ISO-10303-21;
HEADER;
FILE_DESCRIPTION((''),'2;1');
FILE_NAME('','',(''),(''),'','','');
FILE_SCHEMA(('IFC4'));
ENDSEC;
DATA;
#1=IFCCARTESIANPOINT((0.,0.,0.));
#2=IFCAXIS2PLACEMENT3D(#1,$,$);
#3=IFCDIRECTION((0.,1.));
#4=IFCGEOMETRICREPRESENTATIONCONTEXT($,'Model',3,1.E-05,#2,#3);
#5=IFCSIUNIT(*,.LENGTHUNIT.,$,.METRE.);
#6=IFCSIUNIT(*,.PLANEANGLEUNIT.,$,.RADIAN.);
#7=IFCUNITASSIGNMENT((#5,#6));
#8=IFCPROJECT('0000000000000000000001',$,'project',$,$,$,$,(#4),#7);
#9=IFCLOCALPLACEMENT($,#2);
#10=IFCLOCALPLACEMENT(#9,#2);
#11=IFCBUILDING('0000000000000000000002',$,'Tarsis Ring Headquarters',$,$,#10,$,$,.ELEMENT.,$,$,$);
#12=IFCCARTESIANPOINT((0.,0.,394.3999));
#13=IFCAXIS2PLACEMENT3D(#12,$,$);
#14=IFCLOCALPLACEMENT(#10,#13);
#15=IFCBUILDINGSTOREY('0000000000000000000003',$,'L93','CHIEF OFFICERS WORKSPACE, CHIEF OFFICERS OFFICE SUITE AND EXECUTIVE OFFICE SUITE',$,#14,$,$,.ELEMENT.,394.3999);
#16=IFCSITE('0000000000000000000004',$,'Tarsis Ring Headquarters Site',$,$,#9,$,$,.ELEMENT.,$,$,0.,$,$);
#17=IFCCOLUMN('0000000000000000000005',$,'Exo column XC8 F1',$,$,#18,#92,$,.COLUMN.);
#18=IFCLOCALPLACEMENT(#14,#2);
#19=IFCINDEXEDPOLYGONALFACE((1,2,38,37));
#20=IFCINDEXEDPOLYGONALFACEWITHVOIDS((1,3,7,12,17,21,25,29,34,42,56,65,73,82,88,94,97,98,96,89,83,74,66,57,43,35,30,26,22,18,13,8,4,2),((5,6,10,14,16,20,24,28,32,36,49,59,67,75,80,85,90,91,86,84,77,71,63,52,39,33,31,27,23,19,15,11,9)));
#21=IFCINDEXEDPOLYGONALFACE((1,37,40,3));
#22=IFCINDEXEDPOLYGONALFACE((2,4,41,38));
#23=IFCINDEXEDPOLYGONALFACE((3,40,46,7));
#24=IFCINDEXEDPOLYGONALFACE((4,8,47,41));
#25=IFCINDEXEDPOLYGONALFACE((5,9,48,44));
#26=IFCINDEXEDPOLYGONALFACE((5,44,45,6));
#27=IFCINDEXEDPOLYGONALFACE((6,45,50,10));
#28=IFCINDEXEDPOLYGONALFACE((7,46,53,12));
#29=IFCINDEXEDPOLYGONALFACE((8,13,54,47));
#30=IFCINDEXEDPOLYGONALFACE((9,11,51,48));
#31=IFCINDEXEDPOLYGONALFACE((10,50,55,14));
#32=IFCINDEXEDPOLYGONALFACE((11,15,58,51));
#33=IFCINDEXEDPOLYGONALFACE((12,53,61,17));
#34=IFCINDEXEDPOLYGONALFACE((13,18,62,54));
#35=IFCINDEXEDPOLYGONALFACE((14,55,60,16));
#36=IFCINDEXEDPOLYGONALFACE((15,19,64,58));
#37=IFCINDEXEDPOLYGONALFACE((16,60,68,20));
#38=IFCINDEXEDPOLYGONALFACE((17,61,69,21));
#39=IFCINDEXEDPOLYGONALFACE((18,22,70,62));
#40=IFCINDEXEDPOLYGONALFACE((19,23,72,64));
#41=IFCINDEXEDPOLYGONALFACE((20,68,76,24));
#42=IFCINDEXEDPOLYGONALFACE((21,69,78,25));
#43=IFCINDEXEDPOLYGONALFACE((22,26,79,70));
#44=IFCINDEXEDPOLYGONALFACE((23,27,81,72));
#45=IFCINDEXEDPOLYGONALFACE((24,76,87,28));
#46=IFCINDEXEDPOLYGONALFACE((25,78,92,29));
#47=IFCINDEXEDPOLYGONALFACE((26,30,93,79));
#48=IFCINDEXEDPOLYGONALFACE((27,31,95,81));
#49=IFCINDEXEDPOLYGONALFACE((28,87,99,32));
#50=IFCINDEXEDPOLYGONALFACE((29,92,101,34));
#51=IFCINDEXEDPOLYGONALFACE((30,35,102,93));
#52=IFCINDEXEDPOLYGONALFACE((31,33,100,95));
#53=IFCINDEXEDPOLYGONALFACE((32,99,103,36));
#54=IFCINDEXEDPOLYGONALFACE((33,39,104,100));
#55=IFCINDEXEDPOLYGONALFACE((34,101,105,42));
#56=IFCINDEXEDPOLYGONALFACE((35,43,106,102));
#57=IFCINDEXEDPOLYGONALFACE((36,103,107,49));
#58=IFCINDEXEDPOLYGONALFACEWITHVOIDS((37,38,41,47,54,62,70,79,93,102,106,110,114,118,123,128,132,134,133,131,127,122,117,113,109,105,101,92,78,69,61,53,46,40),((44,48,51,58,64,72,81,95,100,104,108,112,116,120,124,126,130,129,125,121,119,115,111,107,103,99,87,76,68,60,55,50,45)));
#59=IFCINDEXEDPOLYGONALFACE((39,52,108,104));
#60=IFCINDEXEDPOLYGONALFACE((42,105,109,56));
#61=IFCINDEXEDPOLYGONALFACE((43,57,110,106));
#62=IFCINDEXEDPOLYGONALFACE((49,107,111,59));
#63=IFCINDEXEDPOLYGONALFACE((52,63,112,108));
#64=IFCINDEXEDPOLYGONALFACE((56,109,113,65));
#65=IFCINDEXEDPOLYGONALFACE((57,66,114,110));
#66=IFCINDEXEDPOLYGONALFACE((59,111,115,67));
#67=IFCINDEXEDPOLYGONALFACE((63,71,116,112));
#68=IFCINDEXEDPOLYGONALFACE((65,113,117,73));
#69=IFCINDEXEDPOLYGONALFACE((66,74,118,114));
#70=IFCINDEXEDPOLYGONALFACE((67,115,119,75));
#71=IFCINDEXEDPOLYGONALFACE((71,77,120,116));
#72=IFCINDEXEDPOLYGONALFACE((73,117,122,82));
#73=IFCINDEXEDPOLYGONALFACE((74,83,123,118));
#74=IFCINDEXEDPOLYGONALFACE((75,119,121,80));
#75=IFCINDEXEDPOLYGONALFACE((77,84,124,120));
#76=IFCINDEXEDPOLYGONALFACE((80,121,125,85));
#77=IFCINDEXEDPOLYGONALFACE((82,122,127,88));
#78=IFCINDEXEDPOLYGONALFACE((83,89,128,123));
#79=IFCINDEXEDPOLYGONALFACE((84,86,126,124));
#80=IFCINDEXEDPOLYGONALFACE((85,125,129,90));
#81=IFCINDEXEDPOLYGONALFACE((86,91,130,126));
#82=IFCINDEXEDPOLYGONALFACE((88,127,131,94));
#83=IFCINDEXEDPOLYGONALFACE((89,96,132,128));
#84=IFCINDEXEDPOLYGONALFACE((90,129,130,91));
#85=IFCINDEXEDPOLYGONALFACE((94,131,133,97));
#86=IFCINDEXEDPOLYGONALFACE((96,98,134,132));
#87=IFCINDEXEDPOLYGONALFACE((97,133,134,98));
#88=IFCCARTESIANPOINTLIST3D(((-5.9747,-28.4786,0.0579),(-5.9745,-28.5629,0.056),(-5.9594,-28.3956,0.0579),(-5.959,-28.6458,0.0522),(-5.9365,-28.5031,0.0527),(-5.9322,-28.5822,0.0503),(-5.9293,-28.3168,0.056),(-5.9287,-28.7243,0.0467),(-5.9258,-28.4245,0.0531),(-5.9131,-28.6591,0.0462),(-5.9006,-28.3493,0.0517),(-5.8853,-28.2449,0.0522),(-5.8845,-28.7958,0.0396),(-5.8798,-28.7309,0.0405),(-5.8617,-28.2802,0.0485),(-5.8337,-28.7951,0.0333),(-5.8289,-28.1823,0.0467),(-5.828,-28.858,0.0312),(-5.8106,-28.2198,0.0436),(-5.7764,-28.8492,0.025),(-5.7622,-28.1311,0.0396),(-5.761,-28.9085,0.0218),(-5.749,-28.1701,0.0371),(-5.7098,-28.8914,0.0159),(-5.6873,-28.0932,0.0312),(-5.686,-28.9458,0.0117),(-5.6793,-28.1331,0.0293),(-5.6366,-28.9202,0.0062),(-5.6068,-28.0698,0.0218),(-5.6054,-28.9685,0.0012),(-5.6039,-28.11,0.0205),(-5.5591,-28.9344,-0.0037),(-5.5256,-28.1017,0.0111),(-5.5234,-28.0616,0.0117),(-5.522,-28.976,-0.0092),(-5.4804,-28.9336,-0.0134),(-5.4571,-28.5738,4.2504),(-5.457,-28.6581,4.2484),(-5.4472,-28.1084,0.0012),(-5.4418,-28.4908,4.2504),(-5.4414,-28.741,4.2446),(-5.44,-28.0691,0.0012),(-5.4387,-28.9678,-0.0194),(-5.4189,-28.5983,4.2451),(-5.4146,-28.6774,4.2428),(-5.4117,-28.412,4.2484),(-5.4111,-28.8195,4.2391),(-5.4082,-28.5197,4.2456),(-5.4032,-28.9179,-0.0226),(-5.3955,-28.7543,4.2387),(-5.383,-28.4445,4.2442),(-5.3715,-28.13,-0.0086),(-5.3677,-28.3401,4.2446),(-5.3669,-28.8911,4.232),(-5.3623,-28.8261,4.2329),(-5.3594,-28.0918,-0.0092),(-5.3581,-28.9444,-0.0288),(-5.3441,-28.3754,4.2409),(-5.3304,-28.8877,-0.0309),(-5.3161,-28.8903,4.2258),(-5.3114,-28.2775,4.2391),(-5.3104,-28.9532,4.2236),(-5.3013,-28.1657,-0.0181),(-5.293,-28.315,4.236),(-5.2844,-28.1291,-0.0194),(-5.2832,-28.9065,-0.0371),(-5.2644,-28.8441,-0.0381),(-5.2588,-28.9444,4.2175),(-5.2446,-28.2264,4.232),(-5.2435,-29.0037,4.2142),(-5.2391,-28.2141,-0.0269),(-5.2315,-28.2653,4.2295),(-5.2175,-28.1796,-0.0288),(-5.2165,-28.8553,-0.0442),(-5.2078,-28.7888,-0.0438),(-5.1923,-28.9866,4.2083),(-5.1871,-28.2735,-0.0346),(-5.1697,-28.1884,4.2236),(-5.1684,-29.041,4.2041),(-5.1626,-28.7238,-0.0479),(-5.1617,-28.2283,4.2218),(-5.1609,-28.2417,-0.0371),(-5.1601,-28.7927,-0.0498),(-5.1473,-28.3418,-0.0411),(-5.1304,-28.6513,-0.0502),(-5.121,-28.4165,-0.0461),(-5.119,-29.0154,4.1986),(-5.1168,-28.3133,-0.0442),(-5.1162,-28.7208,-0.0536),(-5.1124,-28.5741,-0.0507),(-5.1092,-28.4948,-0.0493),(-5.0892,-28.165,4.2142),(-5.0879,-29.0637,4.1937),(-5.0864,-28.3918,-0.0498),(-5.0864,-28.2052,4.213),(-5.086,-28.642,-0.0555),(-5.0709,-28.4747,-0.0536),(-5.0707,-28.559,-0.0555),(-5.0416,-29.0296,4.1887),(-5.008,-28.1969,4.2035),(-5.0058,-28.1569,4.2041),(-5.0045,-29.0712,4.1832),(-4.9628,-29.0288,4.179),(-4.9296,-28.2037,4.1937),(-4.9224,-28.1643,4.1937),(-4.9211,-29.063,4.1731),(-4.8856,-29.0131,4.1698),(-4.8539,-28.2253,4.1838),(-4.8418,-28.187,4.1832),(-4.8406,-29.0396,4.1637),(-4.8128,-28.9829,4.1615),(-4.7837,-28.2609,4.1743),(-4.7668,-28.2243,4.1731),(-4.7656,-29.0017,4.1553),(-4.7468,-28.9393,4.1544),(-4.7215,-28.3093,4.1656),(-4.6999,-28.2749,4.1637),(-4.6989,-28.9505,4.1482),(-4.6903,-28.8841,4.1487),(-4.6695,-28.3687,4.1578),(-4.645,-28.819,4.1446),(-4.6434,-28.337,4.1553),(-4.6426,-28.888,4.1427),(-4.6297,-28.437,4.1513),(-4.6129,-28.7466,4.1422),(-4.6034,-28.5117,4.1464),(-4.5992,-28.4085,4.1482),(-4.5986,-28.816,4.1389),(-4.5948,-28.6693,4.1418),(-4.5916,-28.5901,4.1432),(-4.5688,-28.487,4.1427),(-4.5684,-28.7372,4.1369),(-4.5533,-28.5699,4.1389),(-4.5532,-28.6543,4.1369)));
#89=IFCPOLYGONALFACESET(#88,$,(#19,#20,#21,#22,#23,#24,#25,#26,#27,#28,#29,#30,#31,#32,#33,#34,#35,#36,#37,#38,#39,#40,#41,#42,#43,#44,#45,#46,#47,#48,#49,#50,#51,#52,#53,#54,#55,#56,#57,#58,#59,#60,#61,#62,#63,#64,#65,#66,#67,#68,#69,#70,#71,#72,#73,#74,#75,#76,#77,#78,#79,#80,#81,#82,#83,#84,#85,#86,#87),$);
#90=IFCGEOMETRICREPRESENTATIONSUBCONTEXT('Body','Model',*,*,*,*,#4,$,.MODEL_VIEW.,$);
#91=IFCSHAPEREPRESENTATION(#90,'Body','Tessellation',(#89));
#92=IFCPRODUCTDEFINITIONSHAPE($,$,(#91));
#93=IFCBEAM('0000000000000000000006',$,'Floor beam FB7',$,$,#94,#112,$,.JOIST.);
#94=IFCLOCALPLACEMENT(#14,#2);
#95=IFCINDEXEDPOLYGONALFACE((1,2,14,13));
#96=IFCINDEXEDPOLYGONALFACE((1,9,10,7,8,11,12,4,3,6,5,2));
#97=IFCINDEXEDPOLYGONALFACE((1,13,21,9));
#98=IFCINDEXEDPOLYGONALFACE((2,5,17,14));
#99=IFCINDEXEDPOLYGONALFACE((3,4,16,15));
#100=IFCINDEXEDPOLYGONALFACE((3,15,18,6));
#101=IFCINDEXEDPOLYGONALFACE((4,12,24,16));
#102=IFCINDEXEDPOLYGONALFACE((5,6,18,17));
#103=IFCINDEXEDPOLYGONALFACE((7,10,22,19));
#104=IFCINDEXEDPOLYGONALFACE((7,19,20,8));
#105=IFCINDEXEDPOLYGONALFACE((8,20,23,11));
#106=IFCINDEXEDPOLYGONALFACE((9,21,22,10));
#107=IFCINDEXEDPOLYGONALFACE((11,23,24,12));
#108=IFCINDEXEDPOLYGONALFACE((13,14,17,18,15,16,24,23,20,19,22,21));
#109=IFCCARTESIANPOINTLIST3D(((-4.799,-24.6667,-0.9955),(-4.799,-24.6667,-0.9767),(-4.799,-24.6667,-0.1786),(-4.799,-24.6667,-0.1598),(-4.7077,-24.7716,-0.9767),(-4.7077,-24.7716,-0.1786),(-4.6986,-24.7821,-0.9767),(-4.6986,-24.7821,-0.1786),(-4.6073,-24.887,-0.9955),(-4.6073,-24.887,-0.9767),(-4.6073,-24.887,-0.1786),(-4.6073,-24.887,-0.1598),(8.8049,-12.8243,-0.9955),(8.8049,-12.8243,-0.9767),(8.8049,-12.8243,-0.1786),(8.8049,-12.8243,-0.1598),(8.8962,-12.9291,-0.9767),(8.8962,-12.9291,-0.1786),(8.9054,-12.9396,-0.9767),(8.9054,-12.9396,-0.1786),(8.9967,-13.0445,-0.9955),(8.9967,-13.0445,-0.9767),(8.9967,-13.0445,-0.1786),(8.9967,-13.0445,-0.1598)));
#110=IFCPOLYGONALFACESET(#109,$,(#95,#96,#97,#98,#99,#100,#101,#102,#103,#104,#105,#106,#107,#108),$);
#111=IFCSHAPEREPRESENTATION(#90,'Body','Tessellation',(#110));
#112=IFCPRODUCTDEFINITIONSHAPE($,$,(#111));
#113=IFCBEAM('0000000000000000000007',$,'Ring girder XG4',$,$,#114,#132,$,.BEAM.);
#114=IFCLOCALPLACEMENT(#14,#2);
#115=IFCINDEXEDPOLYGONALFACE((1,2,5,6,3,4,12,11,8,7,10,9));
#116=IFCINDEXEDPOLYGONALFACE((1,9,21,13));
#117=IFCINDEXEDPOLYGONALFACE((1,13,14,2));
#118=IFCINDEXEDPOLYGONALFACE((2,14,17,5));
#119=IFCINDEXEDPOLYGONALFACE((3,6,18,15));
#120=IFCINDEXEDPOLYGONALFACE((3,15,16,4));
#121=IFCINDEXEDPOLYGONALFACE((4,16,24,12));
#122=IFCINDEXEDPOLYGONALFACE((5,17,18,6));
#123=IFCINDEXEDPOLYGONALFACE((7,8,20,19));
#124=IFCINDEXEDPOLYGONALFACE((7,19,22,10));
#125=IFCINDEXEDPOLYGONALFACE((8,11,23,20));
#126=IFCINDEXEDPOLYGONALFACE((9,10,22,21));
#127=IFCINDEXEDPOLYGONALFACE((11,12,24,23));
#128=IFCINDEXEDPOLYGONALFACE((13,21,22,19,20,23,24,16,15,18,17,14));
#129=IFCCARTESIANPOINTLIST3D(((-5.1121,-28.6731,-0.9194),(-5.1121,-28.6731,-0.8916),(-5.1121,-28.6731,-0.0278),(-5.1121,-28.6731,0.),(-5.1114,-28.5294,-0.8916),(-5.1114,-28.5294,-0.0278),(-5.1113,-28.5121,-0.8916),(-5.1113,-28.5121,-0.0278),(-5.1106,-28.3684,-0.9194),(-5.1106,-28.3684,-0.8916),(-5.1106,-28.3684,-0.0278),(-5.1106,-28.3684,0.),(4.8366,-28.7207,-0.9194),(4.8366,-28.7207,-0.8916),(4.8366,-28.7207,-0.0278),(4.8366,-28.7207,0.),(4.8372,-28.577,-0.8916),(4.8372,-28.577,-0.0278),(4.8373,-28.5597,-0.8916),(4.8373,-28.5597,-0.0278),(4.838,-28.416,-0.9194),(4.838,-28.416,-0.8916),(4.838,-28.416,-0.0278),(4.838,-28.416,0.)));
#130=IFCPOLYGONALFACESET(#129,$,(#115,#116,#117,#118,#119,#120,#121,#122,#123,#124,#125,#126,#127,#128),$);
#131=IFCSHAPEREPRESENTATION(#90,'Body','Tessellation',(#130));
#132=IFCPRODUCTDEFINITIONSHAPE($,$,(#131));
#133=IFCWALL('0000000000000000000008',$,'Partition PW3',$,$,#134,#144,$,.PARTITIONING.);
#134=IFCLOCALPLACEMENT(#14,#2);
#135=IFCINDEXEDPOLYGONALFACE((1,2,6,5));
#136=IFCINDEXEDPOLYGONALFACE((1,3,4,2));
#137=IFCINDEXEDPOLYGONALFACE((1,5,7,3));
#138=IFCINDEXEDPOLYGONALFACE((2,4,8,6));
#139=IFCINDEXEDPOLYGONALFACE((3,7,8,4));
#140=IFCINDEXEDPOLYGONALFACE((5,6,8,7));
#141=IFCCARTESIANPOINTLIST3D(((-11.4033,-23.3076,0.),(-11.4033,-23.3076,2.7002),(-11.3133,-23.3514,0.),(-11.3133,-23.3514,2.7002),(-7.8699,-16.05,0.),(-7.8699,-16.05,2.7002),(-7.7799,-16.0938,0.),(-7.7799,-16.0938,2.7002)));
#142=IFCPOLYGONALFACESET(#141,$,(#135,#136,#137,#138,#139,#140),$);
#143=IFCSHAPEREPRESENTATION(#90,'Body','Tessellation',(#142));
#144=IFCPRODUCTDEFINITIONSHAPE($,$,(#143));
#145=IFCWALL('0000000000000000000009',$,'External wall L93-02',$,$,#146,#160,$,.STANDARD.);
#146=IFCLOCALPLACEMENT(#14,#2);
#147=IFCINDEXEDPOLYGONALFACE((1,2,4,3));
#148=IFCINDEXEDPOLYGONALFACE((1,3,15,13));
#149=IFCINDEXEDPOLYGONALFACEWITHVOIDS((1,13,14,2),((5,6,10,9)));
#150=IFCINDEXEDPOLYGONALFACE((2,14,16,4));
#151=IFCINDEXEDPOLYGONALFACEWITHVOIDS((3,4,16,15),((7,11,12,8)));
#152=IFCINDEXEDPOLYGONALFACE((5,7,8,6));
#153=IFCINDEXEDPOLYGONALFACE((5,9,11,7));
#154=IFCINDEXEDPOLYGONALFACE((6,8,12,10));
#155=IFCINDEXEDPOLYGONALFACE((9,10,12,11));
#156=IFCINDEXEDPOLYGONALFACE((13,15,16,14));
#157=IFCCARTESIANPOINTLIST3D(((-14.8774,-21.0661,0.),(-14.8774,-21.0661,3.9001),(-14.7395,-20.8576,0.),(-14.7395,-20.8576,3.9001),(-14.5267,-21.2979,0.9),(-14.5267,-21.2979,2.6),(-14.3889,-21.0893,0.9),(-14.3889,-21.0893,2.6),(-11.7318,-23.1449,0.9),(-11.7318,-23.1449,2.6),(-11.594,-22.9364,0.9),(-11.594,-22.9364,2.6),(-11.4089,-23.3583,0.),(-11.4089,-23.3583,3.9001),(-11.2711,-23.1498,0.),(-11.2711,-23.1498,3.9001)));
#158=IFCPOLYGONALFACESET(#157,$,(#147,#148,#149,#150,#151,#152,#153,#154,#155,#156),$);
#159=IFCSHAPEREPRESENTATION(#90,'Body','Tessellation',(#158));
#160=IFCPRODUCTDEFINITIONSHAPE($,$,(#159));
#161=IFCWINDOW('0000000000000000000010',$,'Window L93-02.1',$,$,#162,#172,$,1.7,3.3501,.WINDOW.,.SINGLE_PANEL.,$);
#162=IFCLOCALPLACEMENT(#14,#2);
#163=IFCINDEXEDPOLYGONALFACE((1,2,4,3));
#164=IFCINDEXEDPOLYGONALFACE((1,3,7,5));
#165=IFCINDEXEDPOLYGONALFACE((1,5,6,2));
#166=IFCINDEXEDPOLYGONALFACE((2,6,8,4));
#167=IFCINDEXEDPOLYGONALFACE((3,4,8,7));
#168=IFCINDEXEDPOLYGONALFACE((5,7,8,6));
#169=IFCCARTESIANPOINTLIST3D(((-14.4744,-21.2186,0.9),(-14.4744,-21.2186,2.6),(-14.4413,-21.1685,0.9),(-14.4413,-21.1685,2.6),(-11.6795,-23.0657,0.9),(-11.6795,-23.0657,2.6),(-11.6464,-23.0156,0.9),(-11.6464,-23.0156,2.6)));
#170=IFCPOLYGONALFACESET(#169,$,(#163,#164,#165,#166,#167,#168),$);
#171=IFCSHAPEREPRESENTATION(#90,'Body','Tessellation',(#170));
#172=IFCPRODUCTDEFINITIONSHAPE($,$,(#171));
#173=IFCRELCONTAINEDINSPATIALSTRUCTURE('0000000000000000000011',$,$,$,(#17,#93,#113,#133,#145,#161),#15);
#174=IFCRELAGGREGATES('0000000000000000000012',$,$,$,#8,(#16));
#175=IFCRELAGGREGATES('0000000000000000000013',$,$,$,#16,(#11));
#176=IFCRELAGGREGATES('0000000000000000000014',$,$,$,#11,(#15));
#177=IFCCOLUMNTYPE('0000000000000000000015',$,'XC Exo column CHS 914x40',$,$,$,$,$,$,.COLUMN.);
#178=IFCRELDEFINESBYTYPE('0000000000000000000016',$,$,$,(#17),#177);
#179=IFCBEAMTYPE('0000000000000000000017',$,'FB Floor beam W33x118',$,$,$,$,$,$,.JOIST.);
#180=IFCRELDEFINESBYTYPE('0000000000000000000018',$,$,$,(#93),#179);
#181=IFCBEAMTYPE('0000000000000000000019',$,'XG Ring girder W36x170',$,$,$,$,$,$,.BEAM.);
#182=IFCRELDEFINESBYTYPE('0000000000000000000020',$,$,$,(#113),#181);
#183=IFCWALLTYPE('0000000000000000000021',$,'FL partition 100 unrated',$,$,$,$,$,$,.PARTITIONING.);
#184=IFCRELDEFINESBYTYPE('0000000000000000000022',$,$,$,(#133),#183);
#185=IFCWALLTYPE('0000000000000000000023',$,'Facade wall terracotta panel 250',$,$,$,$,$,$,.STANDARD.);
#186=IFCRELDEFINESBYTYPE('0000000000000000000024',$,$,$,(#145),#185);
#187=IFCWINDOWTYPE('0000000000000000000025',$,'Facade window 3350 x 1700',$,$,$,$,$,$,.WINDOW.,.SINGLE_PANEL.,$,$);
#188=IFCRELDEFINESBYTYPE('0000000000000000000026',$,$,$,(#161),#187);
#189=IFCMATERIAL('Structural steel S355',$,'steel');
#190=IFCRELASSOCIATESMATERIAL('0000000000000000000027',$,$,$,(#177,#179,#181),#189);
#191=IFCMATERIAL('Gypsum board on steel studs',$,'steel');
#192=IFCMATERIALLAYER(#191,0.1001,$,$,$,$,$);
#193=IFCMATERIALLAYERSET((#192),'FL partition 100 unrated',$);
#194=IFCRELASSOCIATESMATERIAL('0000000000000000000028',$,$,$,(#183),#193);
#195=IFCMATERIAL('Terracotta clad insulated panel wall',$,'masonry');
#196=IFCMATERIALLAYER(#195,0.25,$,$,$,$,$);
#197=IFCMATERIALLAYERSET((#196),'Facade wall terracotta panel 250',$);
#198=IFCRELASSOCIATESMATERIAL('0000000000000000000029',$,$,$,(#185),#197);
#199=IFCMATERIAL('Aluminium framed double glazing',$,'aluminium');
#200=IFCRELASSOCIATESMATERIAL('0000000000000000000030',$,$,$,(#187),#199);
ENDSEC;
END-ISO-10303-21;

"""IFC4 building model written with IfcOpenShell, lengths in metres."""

from ifc_helpers import new_model, si_unit, direction, frame, frame_2d, origin, origin_2d, place, context, subcontext, project, spatial, rectangle, hollow_circle, i_section, extrude, material, layer, layer_set, material_profile, profile_set, type_object, element, fill, save


model = new_model("IFC4")

# Units and contexts
model_context = context("Model", 3, precision=1e-05, world=origin(), true_north=direction((0.0, 1.0)))
body_context = subcontext(model_context, "Body", "Model", "MODEL_VIEW")
ifc_project = project(units=[si_unit("LENGTHUNIT", "METRE"), si_unit("PLANEANGLEUNIT", "RADIAN")], contexts=[model_context])

# Site, building, storey
site_placement = place(None, origin())
site = spatial("IfcSite", under=ifc_project, at=site_placement, Name="Tarsis Ring Headquarters Site", CompositionType="ELEMENT", RefElevation=0.0)
building_placement = place(site_placement, origin())
building = spatial("IfcBuilding", under=site, at=building_placement, Name="Tarsis Ring Headquarters", CompositionType="ELEMENT")
storey_placement = place(building_placement, frame((0.0, 0.0, 394.3999)))
storey = spatial("IfcBuildingStorey", under=building, at=storey_placement, Name="L93", Description="CHIEF OFFICERS WORKSPACE, CHIEF OFFICERS OFFICE SUITE AND EXECUTIVE OFFICE SUITE", CompositionType="ELEMENT", Elevation=394.3999)

# Column
ifc_material_1 = material(Name="Structural steel S355", Category="steel")
ifc_material_profile_1 = material_profile(ifc_material_1, hollow_circle(Radius=0.457, WallThickness=0.04, at=origin_2d()), Name="CHS 914x40")
ifc_profile_set_1 = profile_set([ifc_material_profile_1], Name="Structural steel S355")
column_type = type_object("IfcColumnType", Name="XC Exo column CHS 914x40", PredefinedType="COLUMN", material=ifc_profile_set_1)
column_placement = place(storey_placement, frame((-5.5227, -28.5188, 0.0012), z_axis=(0.122495, -0.022535, 0.992213), x_axis=(0.180926, 0.983497, 0.0)))
element("IfcColumn", 1, at=column_placement, inside=storey, type_object=column_type, Name="Exo column XC8 F1", PredefinedType="COLUMN", context=body_context, shape_type="SweptSolid", body=[
    extrude(hollow_circle(Radius=0.4573, WallThickness=0.04, at=origin_2d()), origin(), (0.0, 0.0, 1.0), 4.2253),
])

# Beams
ifc_material_profile_2 = material_profile(ifc_material_1, i_section(OverallWidth=0.292, OverallDepth=0.8357, WebThickness=0.0139, FlangeThickness=0.0188, at=origin_2d()), Name="W33x118")
ifc_profile_set_2 = profile_set([ifc_material_profile_2], Name="Structural steel S355")
beam_type_1 = type_object("IfcBeamType", Name="FB Floor beam W33x118", PredefinedType="JOIST", material=ifc_profile_set_2)
beam_1_placement = place(storey_placement, frame((-4.7031, -24.7769, -0.5776), z_axis=(0.75425, 0.656588, 0.0), x_axis=(-0.656588, 0.75425, 0.0)))
element("IfcBeam", 2, at=beam_1_placement, inside=storey, type_object=beam_type_1, Name="Floor beam FB7", PredefinedType="JOIST", context=body_context, shape_type="SweptSolid", body=[
    extrude(i_section(OverallWidth=0.292, OverallDepth=0.8357, WebThickness=0.0139, FlangeThickness=0.0188, at=origin_2d()), origin(), (0.0, 0.0, 1.0), 18.0364),
])
ifc_material_profile_3 = material_profile(ifc_material_1, i_section(OverallWidth=0.3047, OverallDepth=0.9194, WebThickness=0.0173, FlangeThickness=0.0278, at=origin_2d()), Name="W36x170")
ifc_profile_set_3 = profile_set([ifc_material_profile_3], Name="Structural steel S355")
beam_type_2 = type_object("IfcBeamType", Name="XG Ring girder W36x170", PredefinedType="BEAM", material=ifc_profile_set_3)
beam_2_placement = place(storey_placement, frame((-5.1113, -28.5208, -0.4597), z_axis=(0.999989, -0.004785, 0.0), x_axis=(0.004785, 0.999989, 0.0)))
element("IfcBeam", 3, at=beam_2_placement, inside=storey, type_object=beam_type_2, Name="Ring girder XG4", PredefinedType="BEAM", context=body_context, shape_type="SweptSolid", body=[
    extrude(i_section(OverallWidth=0.3047, OverallDepth=0.9194, WebThickness=0.0173, FlangeThickness=0.0278, at=origin_2d()), origin(), (0.0, 0.0, 1.0), 9.9487),
])

# Wall
ifc_material_2 = material(Name="Gypsum board on steel studs", Category="steel")
ifc_layer_1 = layer(ifc_material_2, 0.1001)
ifc_layer_set_1 = layer_set([ifc_layer_1], Name="FL partition 100 unrated")
wall_type_1 = type_object("IfcWallType", Name="FL partition 100 unrated", PredefinedType="PARTITIONING", material=ifc_layer_set_1)
wall_1_placement = place(storey_placement, frame((-11.3584, -23.3296, 0.0), z_axis=(0.0, 0.0, 1.0), x_axis=(0.43774, 0.899102, 0.0)))
element("IfcWall", 4, at=wall_1_placement, inside=storey, type_object=wall_type_1, Name="Partition PW3", PredefinedType="PARTITIONING", context=body_context, shape_type="SweptSolid", body=[
    extrude(rectangle(XDim=8.072, YDim=0.1001, at=frame_2d((4.0361, 0.0))), origin(), (0.0, 0.0, 1.0), 2.7002),
])

# Wall, opening, window
ifc_material_3 = material(Name="Terracotta clad insulated panel wall", Category="masonry")
ifc_layer_2 = layer(ifc_material_3, 0.25)
ifc_layer_set_2 = layer_set([ifc_layer_2], Name="Facade wall terracotta panel 250")
wall_type_2 = type_object("IfcWallType", Name="Facade wall terracotta panel 250", PredefinedType="STANDARD", material=ifc_layer_set_2)
wall_2_placement = place(storey_placement, frame((-14.8083, -20.9619, 0.0), z_axis=(0.0, 0.0, 1.0), x_axis=(0.834275, -0.551349, 0.0)))
wall_2 = element("IfcWall", 5, at=wall_2_placement, inside=storey, type_object=wall_type_2, Name="External wall L93-02", PredefinedType="STANDARD", context=body_context, shape_type="SweptSolid", body=[
    extrude(rectangle(XDim=4.1575, YDim=0.25, at=frame_2d((2.0786, 0.0))), origin(), (0.0, 0.0, 1.0), 3.9001),
])
opening_1_placement = place(wall_2_placement, frame((0.4202, 0.0, 0.8999)))
opening_1 = element("IfcOpeningElement", 6, at=opening_1_placement, cuts=wall_2, PredefinedType="OPENING", context=body_context, shape_type="SweptSolid", body=[
    extrude(rectangle(XDim=3.3501, YDim=1.7, at=frame_2d((1.675, 0.8501))), frame((0.0, 0.135, 0.0), z_axis=(0.0, -1.0, 0.0), x_axis=(1.0, 0.0, 0.0)), (0.0, 0.0, 1.0), 0.27),
])
ifc_material_4 = material(Name="Aluminium framed double glazing", Category="aluminium")
window_type_1 = type_object("IfcWindowType", Name="Facade window 3350 x 1700", PartitioningType="SINGLE_PANEL", PredefinedType="WINDOW", material=ifc_material_4)
window_1_placement = place(opening_1_placement, origin())
window_1 = element("IfcWindow", 7, at=window_1_placement, inside=storey, type_object=window_type_1, Name="Window L93-02.1", OverallHeight=1.7, OverallWidth=3.3501, PartitioningType="SINGLE_PANEL", PredefinedType="WINDOW", context=body_context, shape_type="SweptSolid", body=[
    extrude(rectangle(XDim=3.3501, YDim=1.7, at=frame_2d((1.675, 0.8501))), frame((0.0, 0.03, 0.0), z_axis=(0.0, -1.0, 0.0), x_axis=(1.0, 0.0, 0.0)), (0.0, 0.0, 1.0), 0.0601),
])
fill(opening_1, window_1)

save(model, "model.ifc")
